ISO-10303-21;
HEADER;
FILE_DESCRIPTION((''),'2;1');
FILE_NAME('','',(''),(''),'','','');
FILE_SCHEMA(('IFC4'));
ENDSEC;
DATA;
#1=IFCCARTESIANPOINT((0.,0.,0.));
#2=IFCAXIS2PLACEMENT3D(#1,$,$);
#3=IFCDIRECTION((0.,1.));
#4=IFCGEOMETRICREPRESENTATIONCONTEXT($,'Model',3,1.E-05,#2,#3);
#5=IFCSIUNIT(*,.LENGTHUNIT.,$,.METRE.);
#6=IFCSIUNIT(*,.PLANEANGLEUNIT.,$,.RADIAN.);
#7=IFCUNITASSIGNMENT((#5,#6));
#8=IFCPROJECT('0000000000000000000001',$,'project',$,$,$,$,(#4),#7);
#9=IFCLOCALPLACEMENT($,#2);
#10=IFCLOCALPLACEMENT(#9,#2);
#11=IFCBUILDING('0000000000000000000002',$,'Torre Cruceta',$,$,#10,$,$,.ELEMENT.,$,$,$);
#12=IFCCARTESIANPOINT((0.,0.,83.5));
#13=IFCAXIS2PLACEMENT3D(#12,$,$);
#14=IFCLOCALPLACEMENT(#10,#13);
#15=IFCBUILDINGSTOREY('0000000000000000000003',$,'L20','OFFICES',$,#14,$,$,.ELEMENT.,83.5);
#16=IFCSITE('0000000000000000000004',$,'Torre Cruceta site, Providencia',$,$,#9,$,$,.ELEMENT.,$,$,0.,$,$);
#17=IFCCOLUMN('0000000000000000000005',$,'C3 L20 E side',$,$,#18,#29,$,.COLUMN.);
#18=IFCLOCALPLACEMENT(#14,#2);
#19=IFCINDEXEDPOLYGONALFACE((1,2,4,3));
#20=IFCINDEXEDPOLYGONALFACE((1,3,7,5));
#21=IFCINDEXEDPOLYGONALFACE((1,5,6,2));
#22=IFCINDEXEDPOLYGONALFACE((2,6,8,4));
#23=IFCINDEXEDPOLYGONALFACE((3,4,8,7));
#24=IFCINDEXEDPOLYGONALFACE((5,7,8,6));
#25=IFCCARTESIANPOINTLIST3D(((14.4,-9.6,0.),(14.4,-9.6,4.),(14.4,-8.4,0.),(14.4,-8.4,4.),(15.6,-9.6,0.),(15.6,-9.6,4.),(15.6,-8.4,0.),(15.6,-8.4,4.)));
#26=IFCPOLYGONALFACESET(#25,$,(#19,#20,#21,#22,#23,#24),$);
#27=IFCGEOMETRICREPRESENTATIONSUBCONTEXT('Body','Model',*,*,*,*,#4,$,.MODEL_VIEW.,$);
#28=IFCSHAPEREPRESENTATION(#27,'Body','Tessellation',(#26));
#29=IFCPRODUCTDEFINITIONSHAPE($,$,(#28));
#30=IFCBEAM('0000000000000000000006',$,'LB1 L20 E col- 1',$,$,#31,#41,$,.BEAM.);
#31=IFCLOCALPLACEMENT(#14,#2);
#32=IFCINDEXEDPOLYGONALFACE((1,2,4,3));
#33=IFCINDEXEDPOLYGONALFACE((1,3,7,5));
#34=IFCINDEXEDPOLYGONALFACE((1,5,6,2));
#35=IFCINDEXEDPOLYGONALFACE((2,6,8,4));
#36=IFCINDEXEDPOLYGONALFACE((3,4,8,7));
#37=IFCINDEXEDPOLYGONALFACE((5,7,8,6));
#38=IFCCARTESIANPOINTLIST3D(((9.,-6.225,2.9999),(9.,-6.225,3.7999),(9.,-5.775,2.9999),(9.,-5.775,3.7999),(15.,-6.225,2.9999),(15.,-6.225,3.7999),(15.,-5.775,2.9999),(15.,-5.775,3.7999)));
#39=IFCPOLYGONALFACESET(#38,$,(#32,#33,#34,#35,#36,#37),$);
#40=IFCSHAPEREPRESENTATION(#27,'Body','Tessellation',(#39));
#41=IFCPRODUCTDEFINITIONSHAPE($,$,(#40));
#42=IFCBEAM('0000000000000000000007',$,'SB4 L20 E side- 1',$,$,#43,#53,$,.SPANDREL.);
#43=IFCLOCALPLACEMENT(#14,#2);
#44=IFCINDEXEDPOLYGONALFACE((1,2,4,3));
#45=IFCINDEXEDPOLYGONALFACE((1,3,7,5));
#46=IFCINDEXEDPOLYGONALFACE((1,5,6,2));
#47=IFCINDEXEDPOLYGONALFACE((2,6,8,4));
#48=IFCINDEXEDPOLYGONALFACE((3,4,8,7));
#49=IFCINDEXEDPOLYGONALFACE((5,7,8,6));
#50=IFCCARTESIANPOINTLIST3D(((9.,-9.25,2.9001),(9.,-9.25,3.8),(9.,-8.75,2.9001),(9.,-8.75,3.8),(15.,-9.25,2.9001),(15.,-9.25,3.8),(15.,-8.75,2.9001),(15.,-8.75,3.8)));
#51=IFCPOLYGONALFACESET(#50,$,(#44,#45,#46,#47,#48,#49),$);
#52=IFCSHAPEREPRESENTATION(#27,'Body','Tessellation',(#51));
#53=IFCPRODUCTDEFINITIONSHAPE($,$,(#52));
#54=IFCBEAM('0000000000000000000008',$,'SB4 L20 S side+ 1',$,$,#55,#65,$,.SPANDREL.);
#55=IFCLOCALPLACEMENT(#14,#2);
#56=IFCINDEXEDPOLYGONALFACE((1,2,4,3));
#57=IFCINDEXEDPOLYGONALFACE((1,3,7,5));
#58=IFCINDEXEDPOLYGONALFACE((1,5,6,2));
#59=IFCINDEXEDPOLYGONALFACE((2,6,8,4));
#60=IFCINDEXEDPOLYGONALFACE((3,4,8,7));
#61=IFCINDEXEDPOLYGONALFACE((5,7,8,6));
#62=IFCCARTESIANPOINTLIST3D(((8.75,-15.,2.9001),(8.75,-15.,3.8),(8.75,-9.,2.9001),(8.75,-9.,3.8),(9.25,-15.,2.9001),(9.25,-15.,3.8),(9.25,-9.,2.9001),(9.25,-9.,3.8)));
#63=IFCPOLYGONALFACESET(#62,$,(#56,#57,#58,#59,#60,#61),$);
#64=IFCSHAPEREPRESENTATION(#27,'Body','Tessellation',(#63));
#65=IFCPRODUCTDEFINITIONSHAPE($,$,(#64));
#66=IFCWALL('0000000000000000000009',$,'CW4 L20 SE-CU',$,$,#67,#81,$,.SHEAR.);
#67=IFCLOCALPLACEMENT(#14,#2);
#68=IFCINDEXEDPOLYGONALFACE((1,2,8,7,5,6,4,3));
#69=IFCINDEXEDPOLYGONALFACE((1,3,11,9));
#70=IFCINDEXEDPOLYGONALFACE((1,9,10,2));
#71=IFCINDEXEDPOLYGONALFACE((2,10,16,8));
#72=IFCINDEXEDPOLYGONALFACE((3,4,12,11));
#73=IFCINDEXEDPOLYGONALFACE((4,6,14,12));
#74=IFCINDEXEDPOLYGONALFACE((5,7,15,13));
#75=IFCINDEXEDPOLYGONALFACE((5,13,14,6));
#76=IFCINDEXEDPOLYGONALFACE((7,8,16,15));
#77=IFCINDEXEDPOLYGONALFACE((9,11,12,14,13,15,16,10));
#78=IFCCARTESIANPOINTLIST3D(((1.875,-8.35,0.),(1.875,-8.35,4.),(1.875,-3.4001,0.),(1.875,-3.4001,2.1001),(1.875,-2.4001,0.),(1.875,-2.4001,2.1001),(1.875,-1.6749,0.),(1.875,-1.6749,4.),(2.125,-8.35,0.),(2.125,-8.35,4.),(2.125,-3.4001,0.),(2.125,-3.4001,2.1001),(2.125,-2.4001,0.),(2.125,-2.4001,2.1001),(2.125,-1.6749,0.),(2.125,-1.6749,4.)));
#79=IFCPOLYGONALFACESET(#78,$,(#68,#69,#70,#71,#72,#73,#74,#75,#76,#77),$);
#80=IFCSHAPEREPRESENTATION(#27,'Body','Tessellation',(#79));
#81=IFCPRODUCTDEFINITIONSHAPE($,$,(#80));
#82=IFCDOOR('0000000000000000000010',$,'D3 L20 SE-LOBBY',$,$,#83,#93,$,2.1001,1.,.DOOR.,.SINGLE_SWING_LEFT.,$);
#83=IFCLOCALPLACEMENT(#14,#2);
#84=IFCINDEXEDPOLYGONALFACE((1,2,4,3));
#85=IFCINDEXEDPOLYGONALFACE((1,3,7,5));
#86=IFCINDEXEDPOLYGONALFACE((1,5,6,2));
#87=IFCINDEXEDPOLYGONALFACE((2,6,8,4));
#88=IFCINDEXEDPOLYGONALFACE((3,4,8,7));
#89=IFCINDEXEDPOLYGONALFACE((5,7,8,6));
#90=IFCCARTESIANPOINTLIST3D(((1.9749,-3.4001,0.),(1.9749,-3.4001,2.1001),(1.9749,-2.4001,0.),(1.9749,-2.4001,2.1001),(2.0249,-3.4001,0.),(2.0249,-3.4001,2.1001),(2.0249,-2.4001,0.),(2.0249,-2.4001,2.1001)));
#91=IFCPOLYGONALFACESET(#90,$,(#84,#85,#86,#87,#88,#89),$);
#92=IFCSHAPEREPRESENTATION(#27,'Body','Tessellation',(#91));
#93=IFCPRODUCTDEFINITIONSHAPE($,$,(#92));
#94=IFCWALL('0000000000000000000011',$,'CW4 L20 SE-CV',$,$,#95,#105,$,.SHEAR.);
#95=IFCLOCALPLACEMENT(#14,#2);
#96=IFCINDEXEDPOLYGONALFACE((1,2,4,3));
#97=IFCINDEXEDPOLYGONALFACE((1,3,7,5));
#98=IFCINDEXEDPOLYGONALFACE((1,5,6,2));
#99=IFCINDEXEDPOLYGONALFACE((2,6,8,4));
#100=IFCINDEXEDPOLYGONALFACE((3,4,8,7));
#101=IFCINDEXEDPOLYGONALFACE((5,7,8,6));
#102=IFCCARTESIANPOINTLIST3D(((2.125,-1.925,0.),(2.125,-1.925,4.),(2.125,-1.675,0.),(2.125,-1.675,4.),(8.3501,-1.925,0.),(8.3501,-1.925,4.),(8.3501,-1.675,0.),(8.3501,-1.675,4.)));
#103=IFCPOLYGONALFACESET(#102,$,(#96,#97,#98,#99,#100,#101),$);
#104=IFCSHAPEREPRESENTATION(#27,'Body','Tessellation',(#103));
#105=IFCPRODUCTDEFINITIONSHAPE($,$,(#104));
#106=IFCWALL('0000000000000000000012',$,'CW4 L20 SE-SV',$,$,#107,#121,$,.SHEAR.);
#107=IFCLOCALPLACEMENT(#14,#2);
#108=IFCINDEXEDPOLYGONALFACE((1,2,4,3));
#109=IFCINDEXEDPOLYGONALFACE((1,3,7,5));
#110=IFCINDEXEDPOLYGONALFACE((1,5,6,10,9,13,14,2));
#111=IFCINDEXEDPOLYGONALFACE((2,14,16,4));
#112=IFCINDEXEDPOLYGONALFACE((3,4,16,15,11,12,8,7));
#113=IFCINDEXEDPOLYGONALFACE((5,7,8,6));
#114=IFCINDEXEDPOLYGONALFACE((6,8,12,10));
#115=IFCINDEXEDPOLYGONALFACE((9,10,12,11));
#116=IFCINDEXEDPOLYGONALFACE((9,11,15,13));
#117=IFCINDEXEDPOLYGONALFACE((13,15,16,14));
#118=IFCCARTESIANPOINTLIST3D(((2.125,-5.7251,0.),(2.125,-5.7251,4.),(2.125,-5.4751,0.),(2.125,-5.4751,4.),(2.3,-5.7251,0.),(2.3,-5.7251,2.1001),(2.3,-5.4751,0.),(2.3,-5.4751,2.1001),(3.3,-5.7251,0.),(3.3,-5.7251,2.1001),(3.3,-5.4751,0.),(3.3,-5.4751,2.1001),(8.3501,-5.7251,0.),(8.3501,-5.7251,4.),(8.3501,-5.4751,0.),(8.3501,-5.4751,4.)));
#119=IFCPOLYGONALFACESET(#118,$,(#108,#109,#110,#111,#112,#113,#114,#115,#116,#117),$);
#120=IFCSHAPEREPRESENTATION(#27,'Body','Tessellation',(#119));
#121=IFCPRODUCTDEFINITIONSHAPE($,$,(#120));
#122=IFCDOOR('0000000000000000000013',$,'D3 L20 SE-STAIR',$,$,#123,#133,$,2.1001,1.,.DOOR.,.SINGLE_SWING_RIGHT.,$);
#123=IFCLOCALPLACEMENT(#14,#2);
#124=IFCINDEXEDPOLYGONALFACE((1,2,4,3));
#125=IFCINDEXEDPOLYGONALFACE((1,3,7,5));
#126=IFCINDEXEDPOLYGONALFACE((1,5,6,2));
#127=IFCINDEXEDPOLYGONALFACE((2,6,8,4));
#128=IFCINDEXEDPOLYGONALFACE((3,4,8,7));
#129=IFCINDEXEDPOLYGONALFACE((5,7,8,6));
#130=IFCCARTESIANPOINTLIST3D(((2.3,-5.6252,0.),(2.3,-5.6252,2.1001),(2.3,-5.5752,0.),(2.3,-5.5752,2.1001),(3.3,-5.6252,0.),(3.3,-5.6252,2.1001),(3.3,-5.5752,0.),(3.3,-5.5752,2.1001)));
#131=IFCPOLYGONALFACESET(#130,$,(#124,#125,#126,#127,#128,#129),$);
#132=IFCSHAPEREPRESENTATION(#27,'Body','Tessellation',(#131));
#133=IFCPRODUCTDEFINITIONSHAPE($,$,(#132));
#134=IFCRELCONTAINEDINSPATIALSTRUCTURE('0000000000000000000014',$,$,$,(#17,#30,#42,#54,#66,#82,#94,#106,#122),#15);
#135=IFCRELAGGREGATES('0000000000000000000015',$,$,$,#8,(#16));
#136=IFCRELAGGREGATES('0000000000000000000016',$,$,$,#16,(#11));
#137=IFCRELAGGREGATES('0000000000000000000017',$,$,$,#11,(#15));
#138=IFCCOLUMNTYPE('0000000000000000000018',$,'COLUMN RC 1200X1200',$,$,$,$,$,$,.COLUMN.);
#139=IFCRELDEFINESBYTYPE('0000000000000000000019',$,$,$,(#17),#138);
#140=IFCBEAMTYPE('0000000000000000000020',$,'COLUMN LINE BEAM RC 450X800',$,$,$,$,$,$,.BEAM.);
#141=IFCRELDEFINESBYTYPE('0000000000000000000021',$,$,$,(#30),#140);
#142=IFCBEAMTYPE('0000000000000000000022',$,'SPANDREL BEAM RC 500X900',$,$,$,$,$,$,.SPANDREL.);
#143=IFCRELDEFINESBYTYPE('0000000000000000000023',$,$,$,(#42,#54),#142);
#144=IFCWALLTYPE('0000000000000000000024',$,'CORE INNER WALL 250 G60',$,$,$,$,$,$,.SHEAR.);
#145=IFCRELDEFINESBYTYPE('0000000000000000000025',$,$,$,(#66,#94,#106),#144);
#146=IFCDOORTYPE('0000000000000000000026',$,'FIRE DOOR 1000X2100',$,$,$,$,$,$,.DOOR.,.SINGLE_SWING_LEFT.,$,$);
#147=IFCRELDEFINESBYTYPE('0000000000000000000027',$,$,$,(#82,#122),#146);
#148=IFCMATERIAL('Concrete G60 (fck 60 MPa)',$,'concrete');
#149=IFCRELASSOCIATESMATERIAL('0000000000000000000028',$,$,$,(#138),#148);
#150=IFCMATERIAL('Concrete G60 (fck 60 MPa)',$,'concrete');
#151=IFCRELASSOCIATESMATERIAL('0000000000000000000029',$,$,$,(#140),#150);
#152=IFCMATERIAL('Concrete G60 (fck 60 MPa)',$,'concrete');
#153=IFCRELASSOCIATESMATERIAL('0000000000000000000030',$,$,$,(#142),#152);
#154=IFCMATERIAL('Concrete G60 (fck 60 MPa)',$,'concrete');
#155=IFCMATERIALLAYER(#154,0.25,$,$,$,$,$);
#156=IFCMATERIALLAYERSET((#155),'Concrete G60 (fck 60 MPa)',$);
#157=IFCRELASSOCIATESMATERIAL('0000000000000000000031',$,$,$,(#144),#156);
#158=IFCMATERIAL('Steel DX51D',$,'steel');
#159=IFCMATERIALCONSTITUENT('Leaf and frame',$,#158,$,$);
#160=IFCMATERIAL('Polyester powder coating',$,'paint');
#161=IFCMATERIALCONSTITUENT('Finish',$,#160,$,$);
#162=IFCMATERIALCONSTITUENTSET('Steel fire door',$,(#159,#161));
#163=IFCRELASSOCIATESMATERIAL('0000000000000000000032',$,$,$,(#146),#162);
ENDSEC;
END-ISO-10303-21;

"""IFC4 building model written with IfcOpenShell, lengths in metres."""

from ifc_helpers import new_model, si_unit, direction, frame, frame_2d, origin, origin_2d, place, context, subcontext, project, spatial, rectangle, extrude, material, layer, layer_set, constituent, constituent_set, material_profile, profile_set, type_object, element, fill, save


model = new_model("IFC4")

# Units and contexts
model_context = context("Model", 3, precision=1e-05, world=origin(), true_north=direction((0.0, 1.0)))
body_context = subcontext(model_context, "Body", "Model", "MODEL_VIEW")
ifc_project = project(units=[si_unit("LENGTHUNIT", "METRE"), si_unit("PLANEANGLEUNIT", "RADIAN")], contexts=[model_context])

# Site, building, storey
site_placement = place(None, origin())
site = spatial("IfcSite", under=ifc_project, at=site_placement, Name="Torre Cruceta site, Providencia", CompositionType="ELEMENT", RefElevation=0.0)
building_placement = place(site_placement, origin())
building = spatial("IfcBuilding", under=site, at=building_placement, Name="Torre Cruceta", CompositionType="ELEMENT")
storey_placement = place(building_placement, frame((0.0, 0.0, 83.5)))
storey = spatial("IfcBuildingStorey", under=building, at=storey_placement, Name="L20", Description="OFFICES", CompositionType="ELEMENT", Elevation=83.5)

# Column
ifc_material_1 = material(Name="Concrete G60 (fck 60 MPa)", Category="concrete")
ifc_material_profile_1 = material_profile(ifc_material_1, rectangle(XDim=1.2, YDim=1.2, at=origin_2d()), Name="RC 1200X1200")
ifc_profile_set_1 = profile_set([ifc_material_profile_1], Name="Concrete G60 (fck 60 MPa)")
column_type = type_object("IfcColumnType", Name="COLUMN RC 1200X1200", PredefinedType="COLUMN", material=ifc_profile_set_1)
column_placement = place(storey_placement, frame((15.0, -9.0, 0.0), z_axis=(0.0, 0.0, 1.0), x_axis=(1.0, 0.0, 0.0)))
element("IfcColumn", 1, at=column_placement, inside=storey, type_object=column_type, Name="C3 L20 E side", PredefinedType="COLUMN", context=body_context, shape_type="SweptSolid", body=[
    extrude(rectangle(XDim=1.2, YDim=1.2, at=origin_2d()), origin(), (0.0, 0.0, 1.0), 4.0),
])

# Beams
ifc_material_2 = material(Name="Concrete G60 (fck 60 MPa)", Category="concrete")
ifc_material_profile_2 = material_profile(ifc_material_2, rectangle(XDim=0.45, YDim=0.8, at=origin_2d()), Name="RC 450X800")
ifc_profile_set_2 = profile_set([ifc_material_profile_2], Name="Concrete G60 (fck 60 MPa)")
beam_type_1 = type_object("IfcBeamType", Name="COLUMN LINE BEAM RC 450X800", PredefinedType="BEAM", material=ifc_profile_set_2)
beam_placement = place(storey_placement, frame((9.0, -6.0, 3.3999), z_axis=(1.0, 0.0, 0.0), x_axis=(0.0, 1.0, 0.0)))
element("IfcBeam", 2, at=beam_placement, inside=storey, type_object=beam_type_1, Name="LB1 L20 E col- 1", PredefinedType="BEAM", context=body_context, shape_type="SweptSolid", body=[
    extrude(rectangle(XDim=0.45, YDim=0.8, at=origin_2d()), origin(), (0.0, 0.0, 1.0), 6.0),
])
ifc_material_3 = material(Name="Concrete G60 (fck 60 MPa)", Category="concrete")
ifc_material_profile_3 = material_profile(ifc_material_3, rectangle(XDim=0.5, YDim=0.8999, at=origin_2d()), Name="RC 500X900")
ifc_profile_set_3 = profile_set([ifc_material_profile_3], Name="Concrete G60 (fck 60 MPa)")
beam_type_2 = type_object("IfcBeamType", Name="SPANDREL BEAM RC 500X900", PredefinedType="SPANDREL", material=ifc_profile_set_3)
for number, where, z_axis, x_axis, name in (
    (3, (9.0, -9.0, 3.3501), (1.0, 0.0, 0.0), (0.0, 1.0, 0.0), "SB4 L20 E side- 1"),
    (4, (9.0, -9.0, 3.3501), (0.0, -1.0, 0.0), (1.0, 0.0, 0.0), "SB4 L20 S side+ 1"),
):
    element("IfcBeam", number, at=place(storey_placement, frame(where, z_axis=z_axis, x_axis=x_axis)), inside=storey, type_object=beam_type_2, Name=name, PredefinedType="SPANDREL", context=body_context, shape_type="SweptSolid", body=[
        extrude(rectangle(XDim=0.5, YDim=0.8999, at=origin_2d()), origin(), (0.0, 0.0, 1.0), 6.0),
    ])

# Wall, opening, door
ifc_material_4 = material(Name="Concrete G60 (fck 60 MPa)", Category="concrete")
ifc_layer_1 = layer(ifc_material_4, 0.25)
ifc_layer_set_1 = layer_set([ifc_layer_1], Name="Concrete G60 (fck 60 MPa)")
wall_type_1 = type_object("IfcWallType", Name="CORE INNER WALL 250 G60", PredefinedType="SHEAR", material=ifc_layer_set_1)
wall_1_placement = place(storey_placement, frame((2.0, -1.675, 0.0), z_axis=(0.0, 0.0, 1.0), x_axis=(0.0, -1.0, 0.0)))
wall_1 = element("IfcWall", 5, at=wall_1_placement, inside=storey, type_object=wall_type_1, Name="CW4 L20 SE-CU", PredefinedType="SHEAR", context=body_context, shape_type="SweptSolid", body=[
    extrude(rectangle(XDim=6.675, YDim=0.25, at=frame_2d((3.3374, 0.0))), origin(), (0.0, 0.0, 1.0), 4.0),
])
opening_1_placement = place(wall_1_placement, frame((0.7251, 0.0, 0.0)))
opening_1 = element("IfcOpeningElement", 6, at=opening_1_placement, cuts=wall_1, PredefinedType="OPENING", context=body_context, shape_type="SweptSolid", body=[
    extrude(rectangle(XDim=1.0, YDim=2.1001, at=frame_2d((0.5, 1.05))), frame((0.0, 0.135, 0.0), z_axis=(0.0, -1.0, 0.0), x_axis=(1.0, 0.0, 0.0)), (0.0, 0.0, 1.0), 0.27),
])
ifc_material_5 = material(Name="Steel DX51D", Category="steel")
ifc_constituent_1 = constituent(ifc_material_5, Name="Leaf and frame")
ifc_material_6 = material(Name="Polyester powder coating", Category="paint")
ifc_constituent_2 = constituent(ifc_material_6, Name="Finish")
ifc_constituent_set_1 = constituent_set(constituents=[ifc_constituent_1, ifc_constituent_2], Name="Steel fire door")
door_type_1 = type_object("IfcDoorType", Name="FIRE DOOR 1000X2100", OperationType="SINGLE_SWING_LEFT", PredefinedType="DOOR", material=ifc_constituent_set_1)
door_1_placement = place(opening_1_placement, origin())
door_1 = element("IfcDoor", 7, at=door_1_placement, inside=storey, type_object=door_type_1, Name="D3 L20 SE-LOBBY", OperationType="SINGLE_SWING_LEFT", OverallHeight=2.1001, OverallWidth=1.0, PredefinedType="DOOR", context=body_context, shape_type="SweptSolid", body=[
    extrude(rectangle(XDim=1.0, YDim=2.1001, at=frame_2d((0.5, 1.05))), frame((0.0, 0.0249, 0.0), z_axis=(0.0, -1.0, 0.0), x_axis=(1.0, 0.0, 0.0)), (0.0, 0.0, 1.0), 0.05),
])
fill(opening_1, door_1)

# Wall
wall_2_placement = place(storey_placement, frame((2.125, -1.8, 0.0), z_axis=(0.0, 0.0, 1.0), x_axis=(1.0, 0.0, 0.0)))
element("IfcWall", 8, at=wall_2_placement, inside=storey, type_object=wall_type_1, Name="CW4 L20 SE-CV", PredefinedType="SHEAR", context=body_context, shape_type="SweptSolid", body=[
    extrude(rectangle(XDim=6.2251, YDim=0.25, at=frame_2d((3.1125, 0.0))), origin(), (0.0, 0.0, 1.0), 4.0),
])

# Wall, opening, door
wall_3_placement = place(storey_placement, frame((2.125, -5.6001, 0.0), z_axis=(0.0, 0.0, 1.0), x_axis=(1.0, 0.0, 0.0)))
wall_3 = element("IfcWall", 9, at=wall_3_placement, inside=storey, type_object=wall_type_1, Name="CW4 L20 SE-SV", PredefinedType="SHEAR", context=body_context, shape_type="SweptSolid", body=[
    extrude(rectangle(XDim=6.2251, YDim=0.25, at=frame_2d((3.1125, 0.0))), origin(), (0.0, 0.0, 1.0), 4.0),
])
opening_2_placement = place(wall_3_placement, frame((0.175, 0.0, 0.0)))
opening_2 = element("IfcOpeningElement", 10, at=opening_2_placement, cuts=wall_3, PredefinedType="OPENING", context=body_context, shape_type="SweptSolid", body=[
    extrude(rectangle(XDim=1.0, YDim=2.1001, at=frame_2d((0.5, 1.05))), frame((0.0, 0.135, 0.0), z_axis=(0.0, -1.0, 0.0), x_axis=(1.0, 0.0, 0.0)), (0.0, 0.0, 1.0), 0.27),
])
door_2_placement = place(opening_2_placement, frame((1.0, 0.0, 0.0), z_axis=(0.0, 0.0, 1.0), x_axis=(-1.0, 0.0, 0.0)))
door_2 = element("IfcDoor", 11, at=door_2_placement, inside=storey, type_object=door_type_1, Name="D3 L20 SE-STAIR", OperationType="SINGLE_SWING_RIGHT", OverallHeight=2.1001, OverallWidth=1.0, PredefinedType="DOOR", context=body_context, shape_type="SweptSolid", body=[
    extrude(rectangle(XDim=1.0, YDim=2.1001, at=frame_2d((0.5, 1.05))), frame((0.0, 0.0251, 0.0), z_axis=(0.0, -1.0, 0.0), x_axis=(1.0, 0.0, 0.0)), (0.0, 0.0, 1.0), 0.05),
])
fill(opening_2, door_2)

save(model, "model.ifc")
